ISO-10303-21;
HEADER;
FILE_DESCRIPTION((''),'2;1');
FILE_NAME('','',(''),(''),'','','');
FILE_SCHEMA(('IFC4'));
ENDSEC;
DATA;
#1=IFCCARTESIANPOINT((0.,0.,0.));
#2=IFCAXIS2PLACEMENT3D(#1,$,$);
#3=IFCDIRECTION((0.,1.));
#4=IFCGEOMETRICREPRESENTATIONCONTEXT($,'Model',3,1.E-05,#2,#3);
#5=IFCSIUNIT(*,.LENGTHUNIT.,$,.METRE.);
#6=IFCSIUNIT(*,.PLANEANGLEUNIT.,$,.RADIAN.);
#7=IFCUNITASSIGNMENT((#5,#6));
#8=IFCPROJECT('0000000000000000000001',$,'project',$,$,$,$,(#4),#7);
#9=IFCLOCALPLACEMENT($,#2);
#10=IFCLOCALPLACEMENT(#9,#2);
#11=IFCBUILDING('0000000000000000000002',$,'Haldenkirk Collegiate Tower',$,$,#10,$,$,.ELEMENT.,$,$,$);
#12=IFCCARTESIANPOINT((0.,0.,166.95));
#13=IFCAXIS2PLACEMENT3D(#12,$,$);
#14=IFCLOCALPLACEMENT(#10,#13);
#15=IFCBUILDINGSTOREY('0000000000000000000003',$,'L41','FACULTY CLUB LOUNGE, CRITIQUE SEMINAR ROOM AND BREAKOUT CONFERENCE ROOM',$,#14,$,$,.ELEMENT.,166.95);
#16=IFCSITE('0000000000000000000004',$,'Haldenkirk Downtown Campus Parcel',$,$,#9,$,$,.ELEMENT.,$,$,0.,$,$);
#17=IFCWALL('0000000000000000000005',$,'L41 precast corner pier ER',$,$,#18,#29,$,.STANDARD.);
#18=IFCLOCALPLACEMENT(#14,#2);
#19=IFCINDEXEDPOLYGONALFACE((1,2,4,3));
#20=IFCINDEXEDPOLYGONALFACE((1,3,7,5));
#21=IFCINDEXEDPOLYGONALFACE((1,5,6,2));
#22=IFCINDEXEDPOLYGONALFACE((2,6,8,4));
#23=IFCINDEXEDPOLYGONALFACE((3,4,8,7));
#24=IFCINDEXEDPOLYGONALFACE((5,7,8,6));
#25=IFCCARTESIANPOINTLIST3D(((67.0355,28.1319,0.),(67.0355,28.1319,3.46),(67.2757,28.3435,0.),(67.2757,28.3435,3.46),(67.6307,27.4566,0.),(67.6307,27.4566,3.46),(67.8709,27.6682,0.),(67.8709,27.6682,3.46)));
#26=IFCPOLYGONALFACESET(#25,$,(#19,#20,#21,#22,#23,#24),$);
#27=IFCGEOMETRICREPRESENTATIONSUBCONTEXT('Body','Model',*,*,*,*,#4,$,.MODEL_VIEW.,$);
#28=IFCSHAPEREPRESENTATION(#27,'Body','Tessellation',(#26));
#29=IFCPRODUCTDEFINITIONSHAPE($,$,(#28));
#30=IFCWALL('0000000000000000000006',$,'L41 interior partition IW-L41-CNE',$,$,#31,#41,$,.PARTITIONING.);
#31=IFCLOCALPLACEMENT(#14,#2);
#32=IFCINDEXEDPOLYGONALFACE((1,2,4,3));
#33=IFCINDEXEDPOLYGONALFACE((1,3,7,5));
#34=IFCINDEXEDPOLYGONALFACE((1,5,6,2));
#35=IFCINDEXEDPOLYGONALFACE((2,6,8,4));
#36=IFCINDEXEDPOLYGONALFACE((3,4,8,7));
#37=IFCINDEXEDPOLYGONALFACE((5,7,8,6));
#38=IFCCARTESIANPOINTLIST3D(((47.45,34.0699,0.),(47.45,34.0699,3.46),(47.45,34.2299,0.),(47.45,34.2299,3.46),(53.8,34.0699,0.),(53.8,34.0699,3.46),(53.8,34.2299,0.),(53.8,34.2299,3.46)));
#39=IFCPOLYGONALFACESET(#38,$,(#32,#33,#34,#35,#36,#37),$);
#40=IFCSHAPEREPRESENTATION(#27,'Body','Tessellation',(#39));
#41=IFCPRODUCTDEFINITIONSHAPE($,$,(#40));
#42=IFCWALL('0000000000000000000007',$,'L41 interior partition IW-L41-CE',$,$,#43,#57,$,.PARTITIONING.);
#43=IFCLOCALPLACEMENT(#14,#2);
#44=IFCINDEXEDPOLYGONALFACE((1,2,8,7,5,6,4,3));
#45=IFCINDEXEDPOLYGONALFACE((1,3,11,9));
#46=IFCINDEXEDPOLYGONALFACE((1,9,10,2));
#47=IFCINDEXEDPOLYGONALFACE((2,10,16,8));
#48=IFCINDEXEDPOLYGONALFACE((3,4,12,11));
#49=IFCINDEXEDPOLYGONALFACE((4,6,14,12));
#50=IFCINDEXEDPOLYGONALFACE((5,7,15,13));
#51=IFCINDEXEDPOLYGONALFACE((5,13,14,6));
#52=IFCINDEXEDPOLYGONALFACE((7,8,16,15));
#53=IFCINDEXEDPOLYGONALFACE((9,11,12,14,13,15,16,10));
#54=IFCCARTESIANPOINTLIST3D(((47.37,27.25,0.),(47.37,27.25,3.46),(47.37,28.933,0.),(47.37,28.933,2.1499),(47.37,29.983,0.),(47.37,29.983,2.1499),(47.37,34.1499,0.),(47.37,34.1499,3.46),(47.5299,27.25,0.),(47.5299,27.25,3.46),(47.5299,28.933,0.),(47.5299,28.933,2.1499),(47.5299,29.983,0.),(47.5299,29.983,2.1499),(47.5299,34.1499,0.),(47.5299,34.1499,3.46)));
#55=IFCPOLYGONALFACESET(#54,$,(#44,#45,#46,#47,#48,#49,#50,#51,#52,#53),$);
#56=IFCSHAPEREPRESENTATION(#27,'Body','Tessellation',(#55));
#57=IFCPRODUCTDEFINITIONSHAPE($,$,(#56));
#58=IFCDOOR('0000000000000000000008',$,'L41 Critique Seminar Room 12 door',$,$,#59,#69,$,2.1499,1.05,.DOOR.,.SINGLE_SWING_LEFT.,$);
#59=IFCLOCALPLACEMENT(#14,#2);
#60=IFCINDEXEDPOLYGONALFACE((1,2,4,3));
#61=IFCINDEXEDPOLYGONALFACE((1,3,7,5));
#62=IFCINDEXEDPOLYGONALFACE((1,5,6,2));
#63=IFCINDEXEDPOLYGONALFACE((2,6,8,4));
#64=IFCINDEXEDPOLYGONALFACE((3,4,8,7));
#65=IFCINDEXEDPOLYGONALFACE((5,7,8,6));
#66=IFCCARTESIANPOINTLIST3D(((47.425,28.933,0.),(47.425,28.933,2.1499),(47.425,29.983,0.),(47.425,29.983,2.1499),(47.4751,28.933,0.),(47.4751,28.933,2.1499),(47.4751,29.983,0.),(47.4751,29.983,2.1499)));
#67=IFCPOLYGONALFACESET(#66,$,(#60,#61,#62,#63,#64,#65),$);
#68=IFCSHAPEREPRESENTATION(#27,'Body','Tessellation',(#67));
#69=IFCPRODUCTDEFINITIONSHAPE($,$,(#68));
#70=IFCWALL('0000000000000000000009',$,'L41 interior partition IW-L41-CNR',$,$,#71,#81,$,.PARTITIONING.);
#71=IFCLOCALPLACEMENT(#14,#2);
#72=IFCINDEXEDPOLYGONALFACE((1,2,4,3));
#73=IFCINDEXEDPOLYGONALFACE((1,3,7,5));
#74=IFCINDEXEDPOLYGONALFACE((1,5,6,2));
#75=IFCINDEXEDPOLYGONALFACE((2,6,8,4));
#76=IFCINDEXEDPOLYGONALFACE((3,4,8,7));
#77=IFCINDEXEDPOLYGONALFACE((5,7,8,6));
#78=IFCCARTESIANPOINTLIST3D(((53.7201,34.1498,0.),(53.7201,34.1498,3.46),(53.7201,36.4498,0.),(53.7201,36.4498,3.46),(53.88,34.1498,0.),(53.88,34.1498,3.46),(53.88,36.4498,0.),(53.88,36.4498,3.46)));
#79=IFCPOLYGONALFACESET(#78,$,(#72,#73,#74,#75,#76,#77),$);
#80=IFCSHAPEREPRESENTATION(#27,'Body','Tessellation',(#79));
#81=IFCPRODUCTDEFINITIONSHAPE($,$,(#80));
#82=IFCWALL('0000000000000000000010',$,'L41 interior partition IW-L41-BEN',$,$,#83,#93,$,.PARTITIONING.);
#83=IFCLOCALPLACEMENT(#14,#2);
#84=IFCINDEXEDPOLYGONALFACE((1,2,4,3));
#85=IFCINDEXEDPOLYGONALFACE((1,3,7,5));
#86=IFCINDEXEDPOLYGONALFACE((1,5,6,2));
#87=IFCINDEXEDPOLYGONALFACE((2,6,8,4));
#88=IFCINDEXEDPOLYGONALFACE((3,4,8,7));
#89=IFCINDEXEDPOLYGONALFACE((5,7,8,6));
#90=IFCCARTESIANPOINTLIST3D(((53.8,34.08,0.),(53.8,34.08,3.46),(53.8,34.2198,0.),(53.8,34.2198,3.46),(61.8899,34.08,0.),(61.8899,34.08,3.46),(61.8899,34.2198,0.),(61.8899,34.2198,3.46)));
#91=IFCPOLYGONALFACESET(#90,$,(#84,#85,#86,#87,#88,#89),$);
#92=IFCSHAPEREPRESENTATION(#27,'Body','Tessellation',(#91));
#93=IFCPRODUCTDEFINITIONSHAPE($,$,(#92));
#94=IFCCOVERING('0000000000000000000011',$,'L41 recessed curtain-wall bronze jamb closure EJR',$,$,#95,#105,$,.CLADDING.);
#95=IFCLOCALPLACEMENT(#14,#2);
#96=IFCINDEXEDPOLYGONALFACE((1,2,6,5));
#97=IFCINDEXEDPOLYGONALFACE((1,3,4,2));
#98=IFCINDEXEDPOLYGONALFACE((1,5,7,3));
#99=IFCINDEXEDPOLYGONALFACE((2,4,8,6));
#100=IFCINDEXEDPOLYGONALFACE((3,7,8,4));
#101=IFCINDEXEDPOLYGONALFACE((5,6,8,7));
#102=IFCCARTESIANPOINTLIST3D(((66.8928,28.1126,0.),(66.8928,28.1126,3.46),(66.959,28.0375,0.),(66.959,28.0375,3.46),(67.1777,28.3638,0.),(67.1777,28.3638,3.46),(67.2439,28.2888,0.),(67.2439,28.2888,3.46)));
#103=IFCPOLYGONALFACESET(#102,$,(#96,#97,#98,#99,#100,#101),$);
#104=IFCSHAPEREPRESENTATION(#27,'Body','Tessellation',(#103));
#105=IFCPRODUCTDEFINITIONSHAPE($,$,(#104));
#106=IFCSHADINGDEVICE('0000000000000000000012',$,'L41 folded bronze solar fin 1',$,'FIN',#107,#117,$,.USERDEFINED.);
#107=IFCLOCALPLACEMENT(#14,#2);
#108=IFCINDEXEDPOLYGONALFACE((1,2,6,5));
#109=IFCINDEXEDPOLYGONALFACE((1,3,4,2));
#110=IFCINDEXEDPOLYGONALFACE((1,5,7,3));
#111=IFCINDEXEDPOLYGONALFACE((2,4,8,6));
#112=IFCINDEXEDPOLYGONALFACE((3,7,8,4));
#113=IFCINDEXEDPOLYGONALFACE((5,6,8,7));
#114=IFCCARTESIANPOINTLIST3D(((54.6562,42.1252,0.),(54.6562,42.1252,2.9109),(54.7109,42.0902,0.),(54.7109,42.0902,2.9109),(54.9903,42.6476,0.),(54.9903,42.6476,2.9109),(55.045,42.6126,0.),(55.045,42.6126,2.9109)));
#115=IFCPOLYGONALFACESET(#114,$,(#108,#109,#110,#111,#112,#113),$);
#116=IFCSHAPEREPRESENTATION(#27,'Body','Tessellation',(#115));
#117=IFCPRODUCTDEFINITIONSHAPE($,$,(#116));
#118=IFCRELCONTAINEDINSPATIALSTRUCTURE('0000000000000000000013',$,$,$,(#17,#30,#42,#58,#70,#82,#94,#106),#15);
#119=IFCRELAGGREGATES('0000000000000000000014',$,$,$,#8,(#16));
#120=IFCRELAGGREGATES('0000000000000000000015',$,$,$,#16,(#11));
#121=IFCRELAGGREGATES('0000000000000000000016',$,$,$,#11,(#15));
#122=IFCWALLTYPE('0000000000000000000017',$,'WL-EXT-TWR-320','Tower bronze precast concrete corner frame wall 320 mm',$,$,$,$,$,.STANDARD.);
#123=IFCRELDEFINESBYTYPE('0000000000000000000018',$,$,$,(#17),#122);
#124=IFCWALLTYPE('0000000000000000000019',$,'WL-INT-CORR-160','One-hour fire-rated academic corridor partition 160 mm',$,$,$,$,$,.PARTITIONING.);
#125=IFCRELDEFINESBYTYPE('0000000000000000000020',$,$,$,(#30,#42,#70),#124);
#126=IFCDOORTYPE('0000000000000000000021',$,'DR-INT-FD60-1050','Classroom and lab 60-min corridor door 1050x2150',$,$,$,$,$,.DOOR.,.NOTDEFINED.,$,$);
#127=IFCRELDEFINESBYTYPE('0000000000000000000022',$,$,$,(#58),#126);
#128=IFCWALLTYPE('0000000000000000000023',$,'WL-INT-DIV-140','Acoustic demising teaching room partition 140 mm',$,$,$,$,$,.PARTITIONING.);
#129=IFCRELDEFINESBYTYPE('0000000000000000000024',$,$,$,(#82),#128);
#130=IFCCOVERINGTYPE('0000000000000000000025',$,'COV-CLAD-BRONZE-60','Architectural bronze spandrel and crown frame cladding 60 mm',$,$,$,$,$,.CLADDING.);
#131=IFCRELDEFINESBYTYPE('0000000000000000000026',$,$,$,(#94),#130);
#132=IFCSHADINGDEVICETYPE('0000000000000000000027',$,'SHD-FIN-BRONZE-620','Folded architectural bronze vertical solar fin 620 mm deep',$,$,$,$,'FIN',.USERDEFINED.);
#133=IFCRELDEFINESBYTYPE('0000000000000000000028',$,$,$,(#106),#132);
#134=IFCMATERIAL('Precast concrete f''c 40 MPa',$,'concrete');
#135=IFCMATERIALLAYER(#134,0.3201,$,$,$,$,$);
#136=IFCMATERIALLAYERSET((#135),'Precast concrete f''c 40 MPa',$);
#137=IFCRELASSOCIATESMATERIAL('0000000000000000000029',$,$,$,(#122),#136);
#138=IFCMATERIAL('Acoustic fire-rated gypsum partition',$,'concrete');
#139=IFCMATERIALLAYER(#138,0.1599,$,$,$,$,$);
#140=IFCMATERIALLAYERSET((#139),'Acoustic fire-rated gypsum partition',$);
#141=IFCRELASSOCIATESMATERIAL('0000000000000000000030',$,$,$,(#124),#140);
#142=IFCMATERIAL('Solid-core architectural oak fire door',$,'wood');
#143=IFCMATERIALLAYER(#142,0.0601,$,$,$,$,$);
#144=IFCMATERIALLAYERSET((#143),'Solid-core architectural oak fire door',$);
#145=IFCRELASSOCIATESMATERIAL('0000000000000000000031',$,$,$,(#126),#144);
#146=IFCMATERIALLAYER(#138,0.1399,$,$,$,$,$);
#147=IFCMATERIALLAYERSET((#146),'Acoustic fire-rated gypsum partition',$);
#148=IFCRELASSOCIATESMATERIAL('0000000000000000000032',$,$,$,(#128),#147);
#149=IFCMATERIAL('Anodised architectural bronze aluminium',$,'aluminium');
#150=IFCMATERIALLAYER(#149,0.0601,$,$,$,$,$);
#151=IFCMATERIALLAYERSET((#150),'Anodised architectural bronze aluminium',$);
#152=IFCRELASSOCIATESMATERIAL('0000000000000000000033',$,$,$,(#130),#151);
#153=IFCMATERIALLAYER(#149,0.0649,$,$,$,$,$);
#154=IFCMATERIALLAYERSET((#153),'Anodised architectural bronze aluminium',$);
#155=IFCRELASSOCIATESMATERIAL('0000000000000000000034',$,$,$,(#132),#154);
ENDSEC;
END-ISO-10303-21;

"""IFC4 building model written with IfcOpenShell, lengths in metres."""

from ifc_helpers import new_model, si_unit, direction, frame, frame_2d, origin, origin_2d, place, context, subcontext, project, spatial, rectangle, extrude, source, transform, mapped, material, layer, layer_set, type_object, element, fill, save


model = new_model("IFC4")

# Units and contexts
model_context = context("Model", 3, precision=1e-05, world=origin(), true_north=direction((0.0, 1.0)))
body_context = subcontext(model_context, "Body", "Model", "MODEL_VIEW")
ifc_project = project(units=[si_unit("LENGTHUNIT", "METRE"), si_unit("PLANEANGLEUNIT", "RADIAN")], contexts=[model_context])

# Site, building, storey
site_placement = place(None, origin())
site = spatial("IfcSite", under=ifc_project, at=site_placement, Name="Haldenkirk Downtown Campus Parcel", CompositionType="ELEMENT", RefElevation=0.0)
building_placement = place(site_placement, origin())
building = spatial("IfcBuilding", under=site, at=building_placement, Name="Haldenkirk Collegiate Tower", CompositionType="ELEMENT")
storey_placement = place(building_placement, frame((0.0, 0.0, 166.95)))
storey = spatial("IfcBuildingStorey", under=building, at=storey_placement, Name="L41", Description="FACULTY CLUB LOUNGE, CRITIQUE SEMINAR ROOM AND BREAKOUT CONFERENCE ROOM", CompositionType="ELEMENT", Elevation=166.95)

# Shared definitions
ifc_material_1 = material(Name="Anodised architectural bronze aluminium", Category="aluminium")

# Shared definitions
ifc_material_2 = material(Name="Precast concrete f'c 40 MPa", Category="concrete")
ifc_layer_1 = layer(ifc_material_2, 0.3201)
ifc_layer_set_1 = layer_set([ifc_layer_1], Name="Precast concrete f'c 40 MPa")
wall_type_1 = type_object("IfcWallType", Name="WL-EXT-TWR-320", Description="Tower bronze precast concrete corner frame wall 320 mm", PredefinedType="STANDARD", material=ifc_layer_set_1)

# Walls
wall_1_placement = place(storey_placement, frame((67.1555, 28.2378, 0.0), z_axis=(0.0, 0.0, 1.0), x_axis=(0.661227, -0.750186, 0.0)))
element("IfcWall", 1, at=wall_1_placement, inside=storey, type_object=wall_type_1, Name="L41 precast corner pier ER", PredefinedType="STANDARD", context=body_context, shape_type="SweptSolid", body=[
    extrude(rectangle(XDim=0.9001, YDim=0.3201, at=frame_2d((0.4502, 0.0))), origin(), (0.0, 0.0, 1.0), 3.46),
])
ifc_material_3 = material(Name="Acoustic fire-rated gypsum partition", Category="concrete")
ifc_layer_2 = layer(ifc_material_3, 0.1599)
ifc_layer_set_2 = layer_set([ifc_layer_2], Name="Acoustic fire-rated gypsum partition")
wall_type_2 = type_object("IfcWallType", Name="WL-INT-CORR-160", Description="One-hour fire-rated academic corridor partition 160 mm", PredefinedType="PARTITIONING", material=ifc_layer_set_2)
wall_2_placement = place(storey_placement, frame((47.45, 34.1499, 0.0), z_axis=(0.0, 0.0, 1.0), x_axis=(1.0, 0.0, 0.0)))
element("IfcWall", 2, at=wall_2_placement, inside=storey, type_object=wall_type_2, Name="L41 interior partition IW-L41-CNE", PredefinedType="PARTITIONING", context=body_context, shape_type="SweptSolid", body=[
    extrude(rectangle(XDim=6.3501, YDim=0.1599, at=frame_2d((3.175, 0.0))), origin(), (0.0, 0.0, 1.0), 3.46),
])

# Wall, opening, door
wall_3_placement = place(storey_placement, frame((47.45, 27.25, 0.0), z_axis=(0.0, 0.0, 1.0), x_axis=(0.0, 1.0, 0.0)))
wall_3 = element("IfcWall", 3, at=wall_3_placement, inside=storey, type_object=wall_type_2, Name="L41 interior partition IW-L41-CE", PredefinedType="PARTITIONING", context=body_context, shape_type="SweptSolid", body=[
    extrude(rectangle(XDim=6.8999, YDim=0.1599, at=frame_2d((3.45, 0.0))), origin(), (0.0, 0.0, 1.0), 3.46),
])
opening_1_placement = place(wall_3_placement, frame((1.6831, 0.0, 0.0)))
opening_1 = element("IfcOpeningElement", 4, at=opening_1_placement, cuts=wall_3, PredefinedType="OPENING", context=body_context, shape_type="SweptSolid", body=[
    extrude(rectangle(XDim=1.05, YDim=2.1499, at=frame_2d((0.5249, 1.075))), frame((0.0, 0.0898, 0.0), z_axis=(0.0, -1.0, 0.0), x_axis=(1.0, 0.0, 0.0)), (0.0, 0.0, 1.0), 0.1799),
])
ifc_material_4 = material(Name="Solid-core architectural oak fire door", Category="wood")
ifc_layer_3 = layer(ifc_material_4, 0.0601)
ifc_layer_set_3 = layer_set([ifc_layer_3], Name="Solid-core architectural oak fire door")
door_type = type_object("IfcDoorType", Name="DR-INT-FD60-1050", Description="Classroom and lab 60-min corridor door 1050x2150", OperationType="NOTDEFINED", PredefinedType="DOOR", material=ifc_layer_set_3)
door_placement = place(opening_1_placement, origin())
door = element("IfcDoor", 5, at=door_placement, inside=storey, type_object=door_type, Name="L41 Critique Seminar Room 12 door", OperationType="SINGLE_SWING_LEFT", OverallHeight=2.1499, OverallWidth=1.05, PredefinedType="DOOR", context=body_context, shape_type="SweptSolid", body=[
    extrude(rectangle(XDim=1.05, YDim=2.1499, at=frame_2d((0.5249, 1.075))), frame((0.0, 0.0249, 0.0), z_axis=(0.0, -1.0, 0.0), x_axis=(1.0, 0.0, 0.0)), (0.0, 0.0, 1.0), 0.05),
])
fill(opening_1, door)

# Walls
wall_4_placement = place(storey_placement, frame((53.8, 34.1499, 0.0), z_axis=(0.0, 0.0, 1.0), x_axis=(0.0, 1.0, 0.0)))
element("IfcWall", 6, at=wall_4_placement, inside=storey, type_object=wall_type_2, Name="L41 interior partition IW-L41-CNR", PredefinedType="PARTITIONING", context=body_context, shape_type="SweptSolid", body=[
    extrude(rectangle(XDim=2.3, YDim=0.1599, at=frame_2d((1.1499, 0.0))), origin(), (0.0, 0.0, 1.0), 3.46),
])
ifc_layer_4 = layer(ifc_material_3, 0.1399)
ifc_layer_set_4 = layer_set([ifc_layer_4], Name="Acoustic fire-rated gypsum partition")
wall_type_3 = type_object("IfcWallType", Name="WL-INT-DIV-140", Description="Acoustic demising teaching room partition 140 mm", PredefinedType="PARTITIONING", material=ifc_layer_set_4)
wall_5_placement = place(storey_placement, frame((53.8, 34.1499, 0.0), z_axis=(0.0, 0.0, 1.0), x_axis=(1.0, 0.0, 0.0)))
element("IfcWall", 7, at=wall_5_placement, inside=storey, type_object=wall_type_3, Name="L41 interior partition IW-L41-BEN", PredefinedType="PARTITIONING", context=body_context, shape_type="SweptSolid", body=[
    extrude(rectangle(XDim=8.0898, YDim=0.1399, at=frame_2d((4.0449, 0.0))), origin(), (0.0, 0.0, 1.0), 3.46),
])

# Covering
ifc_layer_5 = layer(ifc_material_1, 0.0601)
ifc_layer_set_5 = layer_set([ifc_layer_5], Name="Anodised architectural bronze aluminium")
covering_type = type_object("IfcCoveringType", Name="COV-CLAD-BRONZE-60", Description="Architectural bronze spandrel and crown frame cladding 60 mm", PredefinedType="CLADDING", material=ifc_layer_set_5)
shared_shape_1 = source(origin(), body_context, "Body", "SweptSolid", [
    extrude(rectangle(XDim=0.1001, YDim=0.3799, at=origin_2d()), origin(), (0.0, 0.0, 1.0), 3.46),
])
covering_placement = place(storey_placement, frame((67.0684, 28.2007, 0.0), z_axis=(0.0, 0.0, 1.0), x_axis=(0.661312, -0.750111, 0.0)))
element("IfcCovering", 8, at=covering_placement, inside=storey, type_object=covering_type, Name="L41 recessed curtain-wall bronze jamb closure EJR", PredefinedType="CLADDING", context=body_context, shape_type="MappedRepresentation", body=[
    mapped(shared_shape_1, transform((0.0, 0.0, 0.0), x_axis=(1.0, 0.0, 0.0), y_axis=(0.0, 1.0, 0.0), z_axis=(0.0, 0.0, 1.0), scale=1.0)),
])

# Shading device
ifc_layer_6 = layer(ifc_material_1, 0.0649)
ifc_layer_set_6 = layer_set([ifc_layer_6], Name="Anodised architectural bronze aluminium")
shading_device_type = type_object("IfcShadingDeviceType", Name="SHD-FIN-BRONZE-620", Description="Folded architectural bronze vertical solar fin 620 mm deep", ElementType="FIN", PredefinedType="USERDEFINED", material=ifc_layer_set_6)
shared_shape_2 = source(origin(), body_context, "Body", "SweptSolid", [
    extrude(rectangle(XDim=0.6201, YDim=0.0649, at=origin_2d()), origin(), (0.0, 0.0, 1.0), 2.9109),
])
shading_device_placement = place(storey_placement, frame((54.8506, 42.3689, 0.0), z_axis=(0.0, 0.0, 1.0), x_axis=(0.538771, 0.842452, 0.0)))
element("IfcShadingDevice", 9, at=shading_device_placement, inside=storey, type_object=shading_device_type, Name="L41 folded bronze solar fin 1", ObjectType="FIN", PredefinedType="USERDEFINED", context=body_context, shape_type="MappedRepresentation", body=[
    mapped(shared_shape_2, transform((0.0, 0.0, 0.0), x_axis=(1.0, 0.0, 0.0), y_axis=(0.0, 1.0, 0.0), z_axis=(0.0, 0.0, 1.0), scale=1.0)),
])

save(model, "model.ifc")
